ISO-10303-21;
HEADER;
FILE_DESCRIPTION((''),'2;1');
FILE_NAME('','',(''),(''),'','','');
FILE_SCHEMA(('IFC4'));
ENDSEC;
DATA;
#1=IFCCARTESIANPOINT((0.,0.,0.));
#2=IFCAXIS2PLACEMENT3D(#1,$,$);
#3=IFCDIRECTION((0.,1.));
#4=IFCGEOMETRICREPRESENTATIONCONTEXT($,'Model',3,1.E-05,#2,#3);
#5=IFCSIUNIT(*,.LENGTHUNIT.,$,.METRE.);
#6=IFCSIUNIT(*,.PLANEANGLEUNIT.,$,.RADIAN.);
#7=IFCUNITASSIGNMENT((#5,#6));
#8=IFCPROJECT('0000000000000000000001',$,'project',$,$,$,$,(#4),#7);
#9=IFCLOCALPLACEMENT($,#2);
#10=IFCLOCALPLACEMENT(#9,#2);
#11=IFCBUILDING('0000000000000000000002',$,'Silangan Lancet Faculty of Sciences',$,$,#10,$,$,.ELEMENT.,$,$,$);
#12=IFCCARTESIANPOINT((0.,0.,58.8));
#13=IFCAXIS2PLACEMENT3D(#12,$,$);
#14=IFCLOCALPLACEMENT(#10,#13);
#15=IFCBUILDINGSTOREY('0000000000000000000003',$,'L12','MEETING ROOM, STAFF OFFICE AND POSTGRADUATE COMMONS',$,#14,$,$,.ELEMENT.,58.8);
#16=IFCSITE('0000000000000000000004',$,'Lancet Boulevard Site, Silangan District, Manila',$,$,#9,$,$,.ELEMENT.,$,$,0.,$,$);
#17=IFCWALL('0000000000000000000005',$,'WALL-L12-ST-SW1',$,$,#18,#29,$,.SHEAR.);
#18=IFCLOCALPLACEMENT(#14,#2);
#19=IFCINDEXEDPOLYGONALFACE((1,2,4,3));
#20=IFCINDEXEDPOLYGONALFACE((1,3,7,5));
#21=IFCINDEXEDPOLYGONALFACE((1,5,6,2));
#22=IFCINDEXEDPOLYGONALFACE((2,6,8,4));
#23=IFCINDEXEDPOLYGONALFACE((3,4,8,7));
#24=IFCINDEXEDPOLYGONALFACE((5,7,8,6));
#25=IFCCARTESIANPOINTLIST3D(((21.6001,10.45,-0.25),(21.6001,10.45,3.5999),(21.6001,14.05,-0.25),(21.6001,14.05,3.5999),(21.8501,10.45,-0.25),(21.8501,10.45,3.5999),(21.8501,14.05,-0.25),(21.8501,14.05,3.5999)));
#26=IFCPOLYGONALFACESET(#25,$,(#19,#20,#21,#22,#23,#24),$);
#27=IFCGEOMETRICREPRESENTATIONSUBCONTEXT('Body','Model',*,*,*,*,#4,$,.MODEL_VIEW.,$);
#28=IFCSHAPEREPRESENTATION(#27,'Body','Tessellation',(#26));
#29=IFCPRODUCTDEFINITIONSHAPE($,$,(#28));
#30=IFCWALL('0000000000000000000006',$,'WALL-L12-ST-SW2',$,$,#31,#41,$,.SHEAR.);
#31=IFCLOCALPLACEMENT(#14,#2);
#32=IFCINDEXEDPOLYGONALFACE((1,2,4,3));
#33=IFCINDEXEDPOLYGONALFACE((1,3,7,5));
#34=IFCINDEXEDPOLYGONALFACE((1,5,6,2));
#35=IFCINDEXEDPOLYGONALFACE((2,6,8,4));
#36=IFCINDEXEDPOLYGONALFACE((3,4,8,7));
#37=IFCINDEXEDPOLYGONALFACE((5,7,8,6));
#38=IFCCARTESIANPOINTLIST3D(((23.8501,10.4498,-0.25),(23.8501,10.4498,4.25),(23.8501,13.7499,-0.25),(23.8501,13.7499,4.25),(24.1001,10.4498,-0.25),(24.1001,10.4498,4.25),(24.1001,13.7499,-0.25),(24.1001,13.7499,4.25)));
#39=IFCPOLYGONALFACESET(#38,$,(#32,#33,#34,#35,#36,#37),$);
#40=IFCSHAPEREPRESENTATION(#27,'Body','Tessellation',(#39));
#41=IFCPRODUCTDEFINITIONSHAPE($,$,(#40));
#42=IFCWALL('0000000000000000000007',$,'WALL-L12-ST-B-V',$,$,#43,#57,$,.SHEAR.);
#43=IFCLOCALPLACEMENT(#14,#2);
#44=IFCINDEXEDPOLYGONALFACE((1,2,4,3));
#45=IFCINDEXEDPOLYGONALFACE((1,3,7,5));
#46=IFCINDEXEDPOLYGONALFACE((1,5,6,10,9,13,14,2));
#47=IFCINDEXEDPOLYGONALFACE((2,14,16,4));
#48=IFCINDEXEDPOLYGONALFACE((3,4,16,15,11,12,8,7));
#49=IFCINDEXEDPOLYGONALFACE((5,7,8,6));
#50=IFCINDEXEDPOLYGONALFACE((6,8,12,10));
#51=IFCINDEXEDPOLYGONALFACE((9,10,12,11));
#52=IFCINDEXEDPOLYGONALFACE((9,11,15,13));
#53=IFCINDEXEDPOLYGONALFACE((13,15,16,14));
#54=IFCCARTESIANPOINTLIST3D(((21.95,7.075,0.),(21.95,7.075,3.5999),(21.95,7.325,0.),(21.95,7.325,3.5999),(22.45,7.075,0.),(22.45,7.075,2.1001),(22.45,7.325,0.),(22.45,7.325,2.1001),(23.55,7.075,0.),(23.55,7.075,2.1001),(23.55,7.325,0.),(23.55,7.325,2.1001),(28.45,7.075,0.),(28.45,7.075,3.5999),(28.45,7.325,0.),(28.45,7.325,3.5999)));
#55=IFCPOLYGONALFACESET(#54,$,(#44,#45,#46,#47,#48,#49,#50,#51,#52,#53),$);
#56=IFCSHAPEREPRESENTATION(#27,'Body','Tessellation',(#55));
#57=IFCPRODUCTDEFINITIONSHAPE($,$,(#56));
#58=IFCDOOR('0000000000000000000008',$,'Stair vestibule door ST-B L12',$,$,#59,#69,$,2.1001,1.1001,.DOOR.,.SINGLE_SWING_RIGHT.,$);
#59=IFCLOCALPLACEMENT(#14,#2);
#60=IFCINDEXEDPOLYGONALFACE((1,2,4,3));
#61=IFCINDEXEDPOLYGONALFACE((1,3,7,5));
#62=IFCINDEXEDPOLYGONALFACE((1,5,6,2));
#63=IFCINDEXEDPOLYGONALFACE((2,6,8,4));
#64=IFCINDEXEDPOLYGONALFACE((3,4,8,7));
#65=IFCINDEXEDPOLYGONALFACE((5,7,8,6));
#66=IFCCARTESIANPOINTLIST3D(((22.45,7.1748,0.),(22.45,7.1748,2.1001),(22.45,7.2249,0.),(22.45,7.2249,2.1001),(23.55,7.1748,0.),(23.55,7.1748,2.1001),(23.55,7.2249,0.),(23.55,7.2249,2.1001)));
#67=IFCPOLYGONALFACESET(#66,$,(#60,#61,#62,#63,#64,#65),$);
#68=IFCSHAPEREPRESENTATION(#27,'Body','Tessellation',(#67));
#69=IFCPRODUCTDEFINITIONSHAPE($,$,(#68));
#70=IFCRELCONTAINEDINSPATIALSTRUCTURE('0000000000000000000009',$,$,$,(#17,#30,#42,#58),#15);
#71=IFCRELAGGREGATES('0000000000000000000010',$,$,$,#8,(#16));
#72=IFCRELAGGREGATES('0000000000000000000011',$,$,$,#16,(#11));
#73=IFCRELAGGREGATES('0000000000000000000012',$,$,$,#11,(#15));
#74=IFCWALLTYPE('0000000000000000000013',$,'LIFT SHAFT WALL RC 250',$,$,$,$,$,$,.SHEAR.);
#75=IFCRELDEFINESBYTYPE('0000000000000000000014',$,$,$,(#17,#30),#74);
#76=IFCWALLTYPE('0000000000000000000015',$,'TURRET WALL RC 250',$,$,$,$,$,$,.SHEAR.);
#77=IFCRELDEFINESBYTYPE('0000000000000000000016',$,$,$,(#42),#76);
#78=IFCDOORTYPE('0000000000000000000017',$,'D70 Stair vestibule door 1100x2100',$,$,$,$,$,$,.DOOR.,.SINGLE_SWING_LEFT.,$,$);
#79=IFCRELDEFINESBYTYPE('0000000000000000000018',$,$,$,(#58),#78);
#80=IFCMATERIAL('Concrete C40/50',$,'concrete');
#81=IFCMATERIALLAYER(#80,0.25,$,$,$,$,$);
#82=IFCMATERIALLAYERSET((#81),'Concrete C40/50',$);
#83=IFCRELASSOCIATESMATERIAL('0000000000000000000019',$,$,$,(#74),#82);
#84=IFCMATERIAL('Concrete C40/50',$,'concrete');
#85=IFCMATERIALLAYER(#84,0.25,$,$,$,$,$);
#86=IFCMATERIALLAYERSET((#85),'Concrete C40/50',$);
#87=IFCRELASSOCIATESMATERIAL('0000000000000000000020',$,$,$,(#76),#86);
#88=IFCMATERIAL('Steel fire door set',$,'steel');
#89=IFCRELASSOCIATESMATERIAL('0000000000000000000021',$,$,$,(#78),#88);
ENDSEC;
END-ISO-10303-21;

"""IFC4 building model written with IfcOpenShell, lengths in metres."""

from ifc_helpers import new_model, si_unit, direction, frame, frame_2d, origin, place, context, subcontext, project, spatial, rectangle, extrude, material, layer, layer_set, type_object, element, fill, save


model = new_model("IFC4")

# Units and contexts
model_context = context("Model", 3, precision=1e-05, world=origin(), true_north=direction((0.0, 1.0)))
body_context = subcontext(model_context, "Body", "Model", "MODEL_VIEW")
ifc_project = project(units=[si_unit("LENGTHUNIT", "METRE"), si_unit("PLANEANGLEUNIT", "RADIAN")], contexts=[model_context])

# Site, building, storey
site_placement = place(None, origin())
site = spatial("IfcSite", under=ifc_project, at=site_placement, Name="Lancet Boulevard Site, Silangan District, Manila", CompositionType="ELEMENT", RefElevation=0.0)
building_placement = place(site_placement, origin())
building = spatial("IfcBuilding", under=site, at=building_placement, Name="Silangan Lancet Faculty of Sciences", CompositionType="ELEMENT")
storey_placement = place(building_placement, frame((0.0, 0.0, 58.8)))
storey = spatial("IfcBuildingStorey", under=building, at=storey_placement, Name="L12", Description="MEETING ROOM, STAFF OFFICE AND POSTGRADUATE COMMONS", CompositionType="ELEMENT", Elevation=58.8)

# Walls
ifc_material_1 = material(Name="Concrete C40/50", Category="concrete")
ifc_layer_1 = layer(ifc_material_1, 0.25)
ifc_layer_set_1 = layer_set([ifc_layer_1], Name="Concrete C40/50")
wall_type_1 = type_object("IfcWallType", Name="LIFT SHAFT WALL RC 250", PredefinedType="SHEAR", material=ifc_layer_set_1)
wall_1_placement = place(storey_placement, frame((21.7251, 10.45, -0.25), z_axis=(0.0, 0.0, 1.0), x_axis=(0.0, 1.0, 0.0)))
element("IfcWall", 1, at=wall_1_placement, inside=storey, type_object=wall_type_1, Name="WALL-L12-ST-SW1", PredefinedType="SHEAR", context=body_context, shape_type="SweptSolid", body=[
    extrude(rectangle(XDim=3.6001, YDim=0.25, at=frame_2d((1.8, 0.0))), origin(), (0.0, 0.0, 1.0), 3.8499),
])
wall_2_placement = place(storey_placement, frame((23.9751, 10.45, -0.25), z_axis=(0.0, 0.0, 1.0), x_axis=(0.0, 1.0, 0.0)))
element("IfcWall", 2, at=wall_2_placement, inside=storey, type_object=wall_type_1, Name="WALL-L12-ST-SW2", PredefinedType="SHEAR", context=body_context, shape_type="SweptSolid", body=[
    extrude(rectangle(XDim=3.3, YDim=0.25, at=frame_2d((1.6499, 0.0))), origin(), (0.0, 0.0, 1.0), 4.5),
])

# Wall, opening, door
ifc_material_2 = material(Name="Concrete C40/50", Category="concrete")
ifc_layer_2 = layer(ifc_material_2, 0.25)
ifc_layer_set_2 = layer_set([ifc_layer_2], Name="Concrete C40/50")
wall_type_2 = type_object("IfcWallType", Name="TURRET WALL RC 250", PredefinedType="SHEAR", material=ifc_layer_set_2)
wall_3_placement = place(storey_placement, frame((21.95, 7.2, 0.0), z_axis=(0.0, 0.0, 1.0), x_axis=(1.0, 0.0, 0.0)))
wall_3 = element("IfcWall", 3, at=wall_3_placement, inside=storey, type_object=wall_type_2, Name="WALL-L12-ST-B-V", PredefinedType="SHEAR", context=body_context, shape_type="SweptSolid", body=[
    extrude(rectangle(XDim=6.5, YDim=0.25, at=frame_2d((3.25, 0.0))), origin(), (0.0, 0.0, 1.0), 3.5999),
])
opening_1_placement = place(wall_3_placement, frame((0.5, 0.0, 0.0)))
opening_1 = element("IfcOpeningElement", 4, at=opening_1_placement, cuts=wall_3, PredefinedType="OPENING", context=body_context, shape_type="SweptSolid", body=[
    extrude(rectangle(XDim=1.1001, YDim=2.1001, at=frame_2d((0.55, 1.05))), frame((0.0, 0.135, 0.0), z_axis=(0.0, -1.0, 0.0), x_axis=(1.0, 0.0, 0.0)), (0.0, 0.0, 1.0), 0.27),
])
ifc_material_3 = material(Name="Steel fire door set", Category="steel")
door_type_1 = type_object("IfcDoorType", Name="D70 Stair vestibule door 1100x2100", OperationType="SINGLE_SWING_LEFT", PredefinedType="DOOR", material=ifc_material_3)
door_1_placement = place(opening_1_placement, frame((1.1001, 0.0, 0.0), z_axis=(0.0, 0.0, 1.0), x_axis=(-1.0, 0.0, 0.0)))
door_1 = element("IfcDoor", 5, at=door_1_placement, inside=storey, type_object=door_type_1, Name="Stair vestibule door ST-B L12", OperationType="SINGLE_SWING_RIGHT", OverallHeight=2.1001, OverallWidth=1.1001, PredefinedType="DOOR", context=body_context, shape_type="SweptSolid", body=[
    extrude(rectangle(XDim=1.1001, YDim=2.1001, at=frame_2d((0.55, 1.05))), frame((0.0, 0.0251, 0.0), z_axis=(0.0, -1.0, 0.0), x_axis=(1.0, 0.0, 0.0)), (0.0, 0.0, 1.0), 0.05),
])
fill(opening_1, door_1)

save(model, "model.ifc")
